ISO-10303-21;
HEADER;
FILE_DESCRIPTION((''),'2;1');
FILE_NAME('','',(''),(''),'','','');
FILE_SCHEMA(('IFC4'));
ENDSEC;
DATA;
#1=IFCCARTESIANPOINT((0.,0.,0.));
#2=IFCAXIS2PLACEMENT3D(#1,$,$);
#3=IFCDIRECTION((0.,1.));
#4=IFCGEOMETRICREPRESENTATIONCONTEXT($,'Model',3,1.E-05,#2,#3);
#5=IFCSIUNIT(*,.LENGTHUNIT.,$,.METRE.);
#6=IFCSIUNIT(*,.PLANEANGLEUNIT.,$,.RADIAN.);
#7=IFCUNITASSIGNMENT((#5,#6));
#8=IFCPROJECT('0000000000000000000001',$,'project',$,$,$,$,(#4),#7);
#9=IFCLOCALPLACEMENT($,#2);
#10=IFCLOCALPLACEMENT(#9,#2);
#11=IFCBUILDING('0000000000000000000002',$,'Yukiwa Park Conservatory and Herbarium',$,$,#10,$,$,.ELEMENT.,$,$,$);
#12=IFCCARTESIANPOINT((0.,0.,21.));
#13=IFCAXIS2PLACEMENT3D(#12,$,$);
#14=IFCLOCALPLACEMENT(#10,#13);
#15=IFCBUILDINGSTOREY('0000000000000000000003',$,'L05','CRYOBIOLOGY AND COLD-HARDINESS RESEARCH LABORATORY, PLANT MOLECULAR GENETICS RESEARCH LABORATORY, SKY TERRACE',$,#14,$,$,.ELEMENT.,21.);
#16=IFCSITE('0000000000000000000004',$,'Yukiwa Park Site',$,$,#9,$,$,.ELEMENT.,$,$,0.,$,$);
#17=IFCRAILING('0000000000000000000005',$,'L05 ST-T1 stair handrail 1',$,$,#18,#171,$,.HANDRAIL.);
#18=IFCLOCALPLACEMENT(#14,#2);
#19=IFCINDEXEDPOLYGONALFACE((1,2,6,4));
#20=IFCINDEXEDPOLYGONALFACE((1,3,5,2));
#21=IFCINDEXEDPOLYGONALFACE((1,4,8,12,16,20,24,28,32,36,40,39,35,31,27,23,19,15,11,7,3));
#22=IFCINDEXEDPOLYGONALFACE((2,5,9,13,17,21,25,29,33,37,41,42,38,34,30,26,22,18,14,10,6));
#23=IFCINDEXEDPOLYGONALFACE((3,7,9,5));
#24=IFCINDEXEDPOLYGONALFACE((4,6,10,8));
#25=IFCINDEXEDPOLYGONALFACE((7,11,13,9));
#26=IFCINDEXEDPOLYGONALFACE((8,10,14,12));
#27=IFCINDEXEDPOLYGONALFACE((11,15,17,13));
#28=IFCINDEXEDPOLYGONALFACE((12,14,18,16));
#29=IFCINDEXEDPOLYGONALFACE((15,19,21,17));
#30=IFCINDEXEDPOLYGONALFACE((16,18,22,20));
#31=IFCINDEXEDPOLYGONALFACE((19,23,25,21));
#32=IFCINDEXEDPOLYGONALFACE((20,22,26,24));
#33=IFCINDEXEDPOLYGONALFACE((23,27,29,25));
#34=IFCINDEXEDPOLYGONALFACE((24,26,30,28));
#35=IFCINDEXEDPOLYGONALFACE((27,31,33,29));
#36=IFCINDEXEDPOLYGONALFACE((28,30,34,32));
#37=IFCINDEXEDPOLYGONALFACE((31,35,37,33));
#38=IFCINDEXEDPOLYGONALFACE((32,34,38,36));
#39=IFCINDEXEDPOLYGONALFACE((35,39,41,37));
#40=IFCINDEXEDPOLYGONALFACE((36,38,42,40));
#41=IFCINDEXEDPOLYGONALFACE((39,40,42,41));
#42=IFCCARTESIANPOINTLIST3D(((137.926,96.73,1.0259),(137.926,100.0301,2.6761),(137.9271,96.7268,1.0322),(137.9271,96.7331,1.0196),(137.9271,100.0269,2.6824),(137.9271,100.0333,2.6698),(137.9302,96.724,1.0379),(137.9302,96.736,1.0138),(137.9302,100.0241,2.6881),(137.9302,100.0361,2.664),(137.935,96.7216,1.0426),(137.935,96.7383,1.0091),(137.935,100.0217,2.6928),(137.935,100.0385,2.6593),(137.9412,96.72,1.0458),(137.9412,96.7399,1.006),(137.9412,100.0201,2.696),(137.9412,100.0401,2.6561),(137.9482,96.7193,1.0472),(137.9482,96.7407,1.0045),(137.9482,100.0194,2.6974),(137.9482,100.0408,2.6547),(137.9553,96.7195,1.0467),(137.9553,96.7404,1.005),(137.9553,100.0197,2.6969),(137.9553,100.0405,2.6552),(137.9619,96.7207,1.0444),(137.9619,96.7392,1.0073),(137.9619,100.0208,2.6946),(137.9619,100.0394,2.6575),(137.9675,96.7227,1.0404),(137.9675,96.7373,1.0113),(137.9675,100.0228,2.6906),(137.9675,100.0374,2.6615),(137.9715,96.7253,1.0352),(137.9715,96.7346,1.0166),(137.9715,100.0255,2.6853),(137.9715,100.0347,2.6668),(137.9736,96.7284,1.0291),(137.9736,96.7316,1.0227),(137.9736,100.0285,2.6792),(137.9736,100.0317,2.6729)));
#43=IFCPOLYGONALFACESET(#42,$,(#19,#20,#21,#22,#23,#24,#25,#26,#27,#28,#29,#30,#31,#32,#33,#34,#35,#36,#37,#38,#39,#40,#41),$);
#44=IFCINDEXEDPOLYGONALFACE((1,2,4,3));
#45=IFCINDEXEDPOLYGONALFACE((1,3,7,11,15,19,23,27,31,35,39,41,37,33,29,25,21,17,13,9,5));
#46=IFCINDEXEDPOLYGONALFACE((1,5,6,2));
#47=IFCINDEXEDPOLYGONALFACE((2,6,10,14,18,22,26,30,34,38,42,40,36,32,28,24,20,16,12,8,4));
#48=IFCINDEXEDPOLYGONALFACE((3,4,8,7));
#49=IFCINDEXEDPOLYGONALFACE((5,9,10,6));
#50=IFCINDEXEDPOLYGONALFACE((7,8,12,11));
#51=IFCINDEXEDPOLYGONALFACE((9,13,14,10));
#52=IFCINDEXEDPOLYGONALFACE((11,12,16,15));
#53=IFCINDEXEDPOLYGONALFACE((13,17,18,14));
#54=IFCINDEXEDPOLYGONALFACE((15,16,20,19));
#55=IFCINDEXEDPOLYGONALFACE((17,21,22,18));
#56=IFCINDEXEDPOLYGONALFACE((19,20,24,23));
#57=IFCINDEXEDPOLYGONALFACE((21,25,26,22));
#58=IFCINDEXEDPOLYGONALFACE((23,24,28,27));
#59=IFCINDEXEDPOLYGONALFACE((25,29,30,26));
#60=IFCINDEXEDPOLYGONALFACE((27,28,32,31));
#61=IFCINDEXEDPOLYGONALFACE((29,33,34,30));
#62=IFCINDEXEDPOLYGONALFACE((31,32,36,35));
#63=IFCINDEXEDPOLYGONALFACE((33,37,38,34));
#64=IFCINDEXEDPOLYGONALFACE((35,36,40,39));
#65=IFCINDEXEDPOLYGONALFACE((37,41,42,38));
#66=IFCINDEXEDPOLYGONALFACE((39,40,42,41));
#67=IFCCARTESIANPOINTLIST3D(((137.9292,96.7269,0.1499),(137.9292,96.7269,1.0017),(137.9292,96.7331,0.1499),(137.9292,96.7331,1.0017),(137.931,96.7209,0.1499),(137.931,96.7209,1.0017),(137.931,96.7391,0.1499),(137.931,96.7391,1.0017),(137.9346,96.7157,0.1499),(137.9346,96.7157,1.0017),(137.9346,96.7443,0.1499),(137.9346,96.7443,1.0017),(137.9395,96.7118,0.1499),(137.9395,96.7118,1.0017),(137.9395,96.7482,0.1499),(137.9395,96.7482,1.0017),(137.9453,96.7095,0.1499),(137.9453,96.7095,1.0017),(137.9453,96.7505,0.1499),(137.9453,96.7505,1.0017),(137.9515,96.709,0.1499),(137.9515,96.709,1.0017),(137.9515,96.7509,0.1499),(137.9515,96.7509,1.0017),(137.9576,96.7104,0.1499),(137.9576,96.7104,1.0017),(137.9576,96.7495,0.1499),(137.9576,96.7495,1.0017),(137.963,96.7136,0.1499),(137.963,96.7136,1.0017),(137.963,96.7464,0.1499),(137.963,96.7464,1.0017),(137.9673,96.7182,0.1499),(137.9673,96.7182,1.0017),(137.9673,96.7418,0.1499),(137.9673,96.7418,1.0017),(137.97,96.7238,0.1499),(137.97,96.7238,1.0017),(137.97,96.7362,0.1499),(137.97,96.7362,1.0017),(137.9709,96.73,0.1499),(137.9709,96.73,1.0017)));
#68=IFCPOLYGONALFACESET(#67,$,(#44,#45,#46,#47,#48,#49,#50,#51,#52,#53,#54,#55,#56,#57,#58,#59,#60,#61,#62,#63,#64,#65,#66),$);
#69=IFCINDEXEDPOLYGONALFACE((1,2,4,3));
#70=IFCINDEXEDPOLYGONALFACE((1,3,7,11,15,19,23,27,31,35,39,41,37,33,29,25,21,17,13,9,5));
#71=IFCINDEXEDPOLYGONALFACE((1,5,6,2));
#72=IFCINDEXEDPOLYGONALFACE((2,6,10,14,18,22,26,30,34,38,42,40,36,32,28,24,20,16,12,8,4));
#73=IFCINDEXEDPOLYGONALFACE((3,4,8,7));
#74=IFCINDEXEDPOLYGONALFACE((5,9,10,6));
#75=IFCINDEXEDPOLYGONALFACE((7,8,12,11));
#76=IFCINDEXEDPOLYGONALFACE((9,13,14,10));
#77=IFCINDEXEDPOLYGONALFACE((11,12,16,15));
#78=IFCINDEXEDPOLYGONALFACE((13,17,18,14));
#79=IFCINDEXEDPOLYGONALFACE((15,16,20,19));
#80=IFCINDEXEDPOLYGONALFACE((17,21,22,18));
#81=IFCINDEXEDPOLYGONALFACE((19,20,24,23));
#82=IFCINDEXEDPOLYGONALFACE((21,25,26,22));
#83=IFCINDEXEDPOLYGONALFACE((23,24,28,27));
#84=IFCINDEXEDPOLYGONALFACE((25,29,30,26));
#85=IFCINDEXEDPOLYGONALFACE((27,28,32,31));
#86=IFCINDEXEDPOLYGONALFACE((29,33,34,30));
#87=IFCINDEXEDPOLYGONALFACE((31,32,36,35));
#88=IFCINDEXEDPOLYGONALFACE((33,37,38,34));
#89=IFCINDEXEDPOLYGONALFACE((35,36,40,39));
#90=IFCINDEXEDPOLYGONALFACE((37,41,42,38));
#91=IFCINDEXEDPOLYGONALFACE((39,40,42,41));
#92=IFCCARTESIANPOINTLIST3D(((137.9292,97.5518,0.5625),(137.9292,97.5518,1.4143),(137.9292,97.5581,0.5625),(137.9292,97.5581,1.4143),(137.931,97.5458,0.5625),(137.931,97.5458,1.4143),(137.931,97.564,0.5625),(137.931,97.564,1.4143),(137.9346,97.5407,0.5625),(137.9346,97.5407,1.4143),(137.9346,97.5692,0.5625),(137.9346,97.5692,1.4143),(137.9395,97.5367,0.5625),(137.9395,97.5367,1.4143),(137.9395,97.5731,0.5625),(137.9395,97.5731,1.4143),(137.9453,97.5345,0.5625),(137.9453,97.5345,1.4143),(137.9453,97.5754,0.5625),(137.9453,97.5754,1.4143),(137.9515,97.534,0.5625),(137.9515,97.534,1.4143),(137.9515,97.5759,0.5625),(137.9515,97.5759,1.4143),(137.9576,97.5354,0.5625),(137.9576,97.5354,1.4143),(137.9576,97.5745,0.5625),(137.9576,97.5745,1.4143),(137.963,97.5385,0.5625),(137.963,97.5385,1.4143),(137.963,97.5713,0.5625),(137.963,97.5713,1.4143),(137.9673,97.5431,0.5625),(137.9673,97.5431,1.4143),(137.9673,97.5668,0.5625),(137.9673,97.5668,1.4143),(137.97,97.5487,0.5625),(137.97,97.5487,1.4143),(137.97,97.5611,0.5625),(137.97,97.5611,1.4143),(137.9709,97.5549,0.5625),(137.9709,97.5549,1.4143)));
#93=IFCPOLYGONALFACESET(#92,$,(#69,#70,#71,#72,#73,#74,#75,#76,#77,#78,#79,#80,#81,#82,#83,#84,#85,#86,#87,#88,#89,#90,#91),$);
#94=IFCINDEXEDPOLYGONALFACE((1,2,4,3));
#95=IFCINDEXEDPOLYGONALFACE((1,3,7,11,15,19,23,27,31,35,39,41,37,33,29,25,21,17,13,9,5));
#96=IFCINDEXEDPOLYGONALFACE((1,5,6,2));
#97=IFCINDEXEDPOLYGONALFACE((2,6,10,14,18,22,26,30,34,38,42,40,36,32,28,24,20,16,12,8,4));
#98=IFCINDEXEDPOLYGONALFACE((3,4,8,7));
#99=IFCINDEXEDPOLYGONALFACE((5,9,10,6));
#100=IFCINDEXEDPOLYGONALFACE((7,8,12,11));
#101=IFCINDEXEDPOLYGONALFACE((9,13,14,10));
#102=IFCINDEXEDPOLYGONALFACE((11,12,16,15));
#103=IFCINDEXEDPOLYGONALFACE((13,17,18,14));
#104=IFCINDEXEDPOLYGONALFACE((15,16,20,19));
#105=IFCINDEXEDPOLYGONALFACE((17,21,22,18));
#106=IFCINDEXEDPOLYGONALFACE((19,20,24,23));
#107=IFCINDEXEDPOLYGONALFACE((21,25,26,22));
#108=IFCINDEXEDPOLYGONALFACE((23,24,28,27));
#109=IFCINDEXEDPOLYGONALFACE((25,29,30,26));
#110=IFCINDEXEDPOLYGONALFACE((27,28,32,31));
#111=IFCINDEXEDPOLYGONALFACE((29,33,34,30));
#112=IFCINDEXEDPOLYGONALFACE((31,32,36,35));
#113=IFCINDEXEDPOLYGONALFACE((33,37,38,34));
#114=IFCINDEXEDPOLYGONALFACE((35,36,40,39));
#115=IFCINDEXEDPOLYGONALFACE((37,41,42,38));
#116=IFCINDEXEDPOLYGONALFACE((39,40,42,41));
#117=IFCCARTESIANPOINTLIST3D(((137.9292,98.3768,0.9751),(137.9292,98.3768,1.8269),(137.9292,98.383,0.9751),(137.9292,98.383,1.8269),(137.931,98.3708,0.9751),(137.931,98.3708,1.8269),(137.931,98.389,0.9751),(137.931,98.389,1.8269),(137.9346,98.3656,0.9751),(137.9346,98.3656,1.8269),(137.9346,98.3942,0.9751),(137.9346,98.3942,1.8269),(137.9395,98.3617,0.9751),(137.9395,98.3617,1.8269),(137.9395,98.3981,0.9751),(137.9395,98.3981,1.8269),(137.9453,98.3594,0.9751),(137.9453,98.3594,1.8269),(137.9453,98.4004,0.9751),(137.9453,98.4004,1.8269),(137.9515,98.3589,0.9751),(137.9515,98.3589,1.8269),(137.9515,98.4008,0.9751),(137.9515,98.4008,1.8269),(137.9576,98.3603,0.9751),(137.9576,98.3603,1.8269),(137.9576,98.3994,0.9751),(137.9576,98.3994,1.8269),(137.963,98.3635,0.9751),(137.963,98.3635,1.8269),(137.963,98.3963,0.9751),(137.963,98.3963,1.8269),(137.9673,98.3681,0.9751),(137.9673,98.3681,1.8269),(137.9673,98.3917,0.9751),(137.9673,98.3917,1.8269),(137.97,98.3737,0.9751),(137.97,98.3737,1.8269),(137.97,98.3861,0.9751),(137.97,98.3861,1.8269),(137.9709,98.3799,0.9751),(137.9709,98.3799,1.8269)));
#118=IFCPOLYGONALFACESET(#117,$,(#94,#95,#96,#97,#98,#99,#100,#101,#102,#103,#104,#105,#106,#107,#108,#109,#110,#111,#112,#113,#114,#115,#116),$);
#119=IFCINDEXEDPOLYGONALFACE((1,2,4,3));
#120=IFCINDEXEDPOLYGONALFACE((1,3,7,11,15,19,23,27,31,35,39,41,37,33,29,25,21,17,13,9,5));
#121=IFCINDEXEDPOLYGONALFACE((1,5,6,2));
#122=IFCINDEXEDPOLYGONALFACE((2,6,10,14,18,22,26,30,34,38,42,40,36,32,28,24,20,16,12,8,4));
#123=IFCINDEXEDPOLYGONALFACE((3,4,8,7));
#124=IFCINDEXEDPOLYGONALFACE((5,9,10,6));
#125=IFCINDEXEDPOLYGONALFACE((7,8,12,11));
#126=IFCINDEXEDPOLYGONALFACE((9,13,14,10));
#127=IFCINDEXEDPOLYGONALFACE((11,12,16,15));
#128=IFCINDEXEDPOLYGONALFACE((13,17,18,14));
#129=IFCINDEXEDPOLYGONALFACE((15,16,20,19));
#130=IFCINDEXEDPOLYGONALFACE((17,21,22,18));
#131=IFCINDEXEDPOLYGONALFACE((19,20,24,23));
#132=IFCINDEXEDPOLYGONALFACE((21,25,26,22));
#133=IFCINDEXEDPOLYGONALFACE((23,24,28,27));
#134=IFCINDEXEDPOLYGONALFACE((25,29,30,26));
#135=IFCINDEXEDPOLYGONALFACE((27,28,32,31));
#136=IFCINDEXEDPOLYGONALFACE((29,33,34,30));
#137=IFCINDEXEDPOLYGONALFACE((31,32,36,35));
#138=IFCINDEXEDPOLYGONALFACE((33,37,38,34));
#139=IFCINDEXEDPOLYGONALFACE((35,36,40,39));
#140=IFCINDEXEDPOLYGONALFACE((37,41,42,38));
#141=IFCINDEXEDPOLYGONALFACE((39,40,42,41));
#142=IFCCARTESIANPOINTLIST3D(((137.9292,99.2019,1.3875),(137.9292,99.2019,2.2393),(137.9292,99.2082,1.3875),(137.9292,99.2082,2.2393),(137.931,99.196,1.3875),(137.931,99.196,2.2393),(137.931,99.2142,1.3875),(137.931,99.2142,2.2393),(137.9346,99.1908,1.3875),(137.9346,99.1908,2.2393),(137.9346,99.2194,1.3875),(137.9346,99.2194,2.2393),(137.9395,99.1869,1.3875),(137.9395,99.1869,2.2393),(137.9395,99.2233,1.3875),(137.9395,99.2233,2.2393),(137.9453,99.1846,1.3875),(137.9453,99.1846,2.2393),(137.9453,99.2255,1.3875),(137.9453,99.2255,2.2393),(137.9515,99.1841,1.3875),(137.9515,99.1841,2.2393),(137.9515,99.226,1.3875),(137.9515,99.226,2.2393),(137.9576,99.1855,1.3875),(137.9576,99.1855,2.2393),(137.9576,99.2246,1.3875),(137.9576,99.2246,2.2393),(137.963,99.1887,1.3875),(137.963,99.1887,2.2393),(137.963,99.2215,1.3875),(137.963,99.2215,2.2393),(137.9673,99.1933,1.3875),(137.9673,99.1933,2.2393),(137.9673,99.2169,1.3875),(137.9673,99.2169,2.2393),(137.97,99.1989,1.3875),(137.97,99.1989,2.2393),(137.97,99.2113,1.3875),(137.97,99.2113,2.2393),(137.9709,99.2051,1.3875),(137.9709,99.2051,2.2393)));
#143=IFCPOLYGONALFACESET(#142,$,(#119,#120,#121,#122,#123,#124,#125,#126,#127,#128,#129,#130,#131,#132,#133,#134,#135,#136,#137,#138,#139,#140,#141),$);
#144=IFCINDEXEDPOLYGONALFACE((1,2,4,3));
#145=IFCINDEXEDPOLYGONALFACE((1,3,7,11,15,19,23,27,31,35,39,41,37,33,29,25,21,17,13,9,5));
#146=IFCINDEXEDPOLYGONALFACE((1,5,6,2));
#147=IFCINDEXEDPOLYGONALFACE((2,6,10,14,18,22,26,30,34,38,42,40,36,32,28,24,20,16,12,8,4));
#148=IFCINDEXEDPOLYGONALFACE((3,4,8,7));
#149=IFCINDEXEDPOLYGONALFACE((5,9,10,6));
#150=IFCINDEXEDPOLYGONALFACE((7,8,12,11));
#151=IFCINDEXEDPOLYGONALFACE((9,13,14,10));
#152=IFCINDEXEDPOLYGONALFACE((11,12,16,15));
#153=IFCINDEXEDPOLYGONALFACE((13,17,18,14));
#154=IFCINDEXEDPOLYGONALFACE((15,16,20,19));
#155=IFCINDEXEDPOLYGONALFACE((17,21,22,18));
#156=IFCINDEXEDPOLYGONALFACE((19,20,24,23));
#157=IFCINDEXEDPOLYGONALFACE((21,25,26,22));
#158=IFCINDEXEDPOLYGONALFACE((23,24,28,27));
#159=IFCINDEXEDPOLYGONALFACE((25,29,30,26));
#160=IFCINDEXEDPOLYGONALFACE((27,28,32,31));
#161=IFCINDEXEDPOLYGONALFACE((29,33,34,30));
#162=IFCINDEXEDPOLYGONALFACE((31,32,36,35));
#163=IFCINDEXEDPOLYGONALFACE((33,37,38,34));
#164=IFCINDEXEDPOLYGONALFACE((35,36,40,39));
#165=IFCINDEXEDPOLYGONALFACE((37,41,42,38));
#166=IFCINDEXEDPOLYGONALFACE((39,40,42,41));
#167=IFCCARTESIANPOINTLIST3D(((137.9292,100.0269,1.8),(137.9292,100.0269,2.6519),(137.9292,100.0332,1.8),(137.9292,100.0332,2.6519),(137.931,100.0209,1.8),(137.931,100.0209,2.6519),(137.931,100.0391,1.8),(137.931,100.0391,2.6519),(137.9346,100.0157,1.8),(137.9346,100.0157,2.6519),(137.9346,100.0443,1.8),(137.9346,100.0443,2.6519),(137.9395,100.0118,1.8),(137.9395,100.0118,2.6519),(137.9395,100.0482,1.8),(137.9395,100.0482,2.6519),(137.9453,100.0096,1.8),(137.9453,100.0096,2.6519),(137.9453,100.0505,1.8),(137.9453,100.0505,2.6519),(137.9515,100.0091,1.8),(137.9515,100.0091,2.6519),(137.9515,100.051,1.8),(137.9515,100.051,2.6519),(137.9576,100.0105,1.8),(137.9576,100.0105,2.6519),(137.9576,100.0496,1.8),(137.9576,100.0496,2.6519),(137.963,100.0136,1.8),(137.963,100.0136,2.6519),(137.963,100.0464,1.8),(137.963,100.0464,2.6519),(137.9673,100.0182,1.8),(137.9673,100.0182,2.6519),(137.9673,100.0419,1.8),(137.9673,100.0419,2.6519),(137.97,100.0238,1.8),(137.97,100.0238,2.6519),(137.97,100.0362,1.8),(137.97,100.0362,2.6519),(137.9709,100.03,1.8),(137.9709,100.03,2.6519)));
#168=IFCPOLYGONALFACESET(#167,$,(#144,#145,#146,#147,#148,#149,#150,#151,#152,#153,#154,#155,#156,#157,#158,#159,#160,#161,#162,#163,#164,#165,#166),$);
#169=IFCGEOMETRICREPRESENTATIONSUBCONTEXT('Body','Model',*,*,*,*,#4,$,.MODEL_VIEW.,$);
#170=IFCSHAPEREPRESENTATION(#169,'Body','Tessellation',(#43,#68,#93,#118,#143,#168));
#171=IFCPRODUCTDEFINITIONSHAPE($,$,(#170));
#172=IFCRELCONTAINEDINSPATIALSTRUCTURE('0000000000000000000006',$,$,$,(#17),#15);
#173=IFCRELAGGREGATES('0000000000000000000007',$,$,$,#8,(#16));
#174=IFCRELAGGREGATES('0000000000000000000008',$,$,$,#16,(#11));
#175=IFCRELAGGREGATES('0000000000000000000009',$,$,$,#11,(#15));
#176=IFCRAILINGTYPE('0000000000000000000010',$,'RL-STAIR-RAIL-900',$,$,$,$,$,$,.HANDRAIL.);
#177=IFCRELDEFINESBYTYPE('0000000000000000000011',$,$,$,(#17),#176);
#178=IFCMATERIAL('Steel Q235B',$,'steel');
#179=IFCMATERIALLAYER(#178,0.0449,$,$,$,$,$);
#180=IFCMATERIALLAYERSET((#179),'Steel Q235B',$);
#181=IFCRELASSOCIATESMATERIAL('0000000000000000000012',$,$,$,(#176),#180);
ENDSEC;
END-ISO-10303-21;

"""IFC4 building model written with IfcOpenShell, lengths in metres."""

from ifc_helpers import new_model, si_unit, direction, frame, origin, origin_2d, place, context, subcontext, project, spatial, circle, extrude, material, layer, layer_set, type_object, element, save


model = new_model("IFC4")

# Units and contexts
model_context = context("Model", 3, precision=1e-05, world=origin(), true_north=direction((0.0, 1.0)))
body_context = subcontext(model_context, "Body", "Model", "MODEL_VIEW")
ifc_project = project(units=[si_unit("LENGTHUNIT", "METRE"), si_unit("PLANEANGLEUNIT", "RADIAN")], contexts=[model_context])

# Site, building, storey
site_placement = place(None, origin())
site = spatial("IfcSite", under=ifc_project, at=site_placement, Name="Yukiwa Park Site", CompositionType="ELEMENT", RefElevation=0.0)
building_placement = place(site_placement, origin())
building = spatial("IfcBuilding", under=site, at=building_placement, Name="Yukiwa Park Conservatory and Herbarium", CompositionType="ELEMENT")
storey_placement = place(building_placement, frame((0.0, 0.0, 21.0)))
storey = spatial("IfcBuildingStorey", under=building, at=storey_placement, Name="L05", Description="CRYOBIOLOGY AND COLD-HARDINESS RESEARCH LABORATORY, PLANT MOLECULAR GENETICS RESEARCH LABORATORY, SKY TERRACE", CompositionType="ELEMENT", Elevation=21.0)

# Railing
ifc_material_1 = material(Name="Steel Q235B", Category="steel")
ifc_layer_1 = layer(ifc_material_1, 0.0449)
ifc_layer_set_1 = layer_set([ifc_layer_1], Name="Steel Q235B")
railing_type_1 = type_object("IfcRailingType", Name="RL-STAIR-RAIL-900", PredefinedType="HANDRAIL", material=ifc_layer_set_1)
railing_1_placement = place(storey_placement, frame((137.95, 96.73, 0.1499)))
element("IfcRailing", 1, at=railing_1_placement, inside=storey, type_object=railing_type_1, Name="L05 ST-T1 stair handrail 1", PredefinedType="HANDRAIL", context=body_context, shape_type="SweptSolid", body=[
    extrude(circle(Radius=0.0239, at=origin_2d()), frame((0.0, 0.0, 0.876), z_axis=(0.0, 0.894414, 0.44724), x_axis=(-1.0, 0.0, 0.0)), (0.0, 0.0, 1.0), 3.6897),
    extrude(circle(Radius=0.021, at=origin_2d()), origin(), (0.0, 0.0, 1.0), 0.8518),
    extrude(circle(Radius=0.021, at=origin_2d()), frame((0.0, 0.825, 0.4126)), (0.0, 0.0, 1.0), 0.8518),
    extrude(circle(Radius=0.021, at=origin_2d()), frame((0.0, 1.6499, 0.8252)), (0.0, 0.0, 1.0), 0.8518),
    extrude(circle(Radius=0.021, at=origin_2d()), frame((0.0, 2.4751, 1.2375)), (0.0, 0.0, 1.0), 0.8518),
    extrude(circle(Radius=0.021, at=origin_2d()), frame((0.0, 3.3, 1.6501)), (0.0, 0.0, 1.0), 0.8518),
])

save(model, "model.ifc")
